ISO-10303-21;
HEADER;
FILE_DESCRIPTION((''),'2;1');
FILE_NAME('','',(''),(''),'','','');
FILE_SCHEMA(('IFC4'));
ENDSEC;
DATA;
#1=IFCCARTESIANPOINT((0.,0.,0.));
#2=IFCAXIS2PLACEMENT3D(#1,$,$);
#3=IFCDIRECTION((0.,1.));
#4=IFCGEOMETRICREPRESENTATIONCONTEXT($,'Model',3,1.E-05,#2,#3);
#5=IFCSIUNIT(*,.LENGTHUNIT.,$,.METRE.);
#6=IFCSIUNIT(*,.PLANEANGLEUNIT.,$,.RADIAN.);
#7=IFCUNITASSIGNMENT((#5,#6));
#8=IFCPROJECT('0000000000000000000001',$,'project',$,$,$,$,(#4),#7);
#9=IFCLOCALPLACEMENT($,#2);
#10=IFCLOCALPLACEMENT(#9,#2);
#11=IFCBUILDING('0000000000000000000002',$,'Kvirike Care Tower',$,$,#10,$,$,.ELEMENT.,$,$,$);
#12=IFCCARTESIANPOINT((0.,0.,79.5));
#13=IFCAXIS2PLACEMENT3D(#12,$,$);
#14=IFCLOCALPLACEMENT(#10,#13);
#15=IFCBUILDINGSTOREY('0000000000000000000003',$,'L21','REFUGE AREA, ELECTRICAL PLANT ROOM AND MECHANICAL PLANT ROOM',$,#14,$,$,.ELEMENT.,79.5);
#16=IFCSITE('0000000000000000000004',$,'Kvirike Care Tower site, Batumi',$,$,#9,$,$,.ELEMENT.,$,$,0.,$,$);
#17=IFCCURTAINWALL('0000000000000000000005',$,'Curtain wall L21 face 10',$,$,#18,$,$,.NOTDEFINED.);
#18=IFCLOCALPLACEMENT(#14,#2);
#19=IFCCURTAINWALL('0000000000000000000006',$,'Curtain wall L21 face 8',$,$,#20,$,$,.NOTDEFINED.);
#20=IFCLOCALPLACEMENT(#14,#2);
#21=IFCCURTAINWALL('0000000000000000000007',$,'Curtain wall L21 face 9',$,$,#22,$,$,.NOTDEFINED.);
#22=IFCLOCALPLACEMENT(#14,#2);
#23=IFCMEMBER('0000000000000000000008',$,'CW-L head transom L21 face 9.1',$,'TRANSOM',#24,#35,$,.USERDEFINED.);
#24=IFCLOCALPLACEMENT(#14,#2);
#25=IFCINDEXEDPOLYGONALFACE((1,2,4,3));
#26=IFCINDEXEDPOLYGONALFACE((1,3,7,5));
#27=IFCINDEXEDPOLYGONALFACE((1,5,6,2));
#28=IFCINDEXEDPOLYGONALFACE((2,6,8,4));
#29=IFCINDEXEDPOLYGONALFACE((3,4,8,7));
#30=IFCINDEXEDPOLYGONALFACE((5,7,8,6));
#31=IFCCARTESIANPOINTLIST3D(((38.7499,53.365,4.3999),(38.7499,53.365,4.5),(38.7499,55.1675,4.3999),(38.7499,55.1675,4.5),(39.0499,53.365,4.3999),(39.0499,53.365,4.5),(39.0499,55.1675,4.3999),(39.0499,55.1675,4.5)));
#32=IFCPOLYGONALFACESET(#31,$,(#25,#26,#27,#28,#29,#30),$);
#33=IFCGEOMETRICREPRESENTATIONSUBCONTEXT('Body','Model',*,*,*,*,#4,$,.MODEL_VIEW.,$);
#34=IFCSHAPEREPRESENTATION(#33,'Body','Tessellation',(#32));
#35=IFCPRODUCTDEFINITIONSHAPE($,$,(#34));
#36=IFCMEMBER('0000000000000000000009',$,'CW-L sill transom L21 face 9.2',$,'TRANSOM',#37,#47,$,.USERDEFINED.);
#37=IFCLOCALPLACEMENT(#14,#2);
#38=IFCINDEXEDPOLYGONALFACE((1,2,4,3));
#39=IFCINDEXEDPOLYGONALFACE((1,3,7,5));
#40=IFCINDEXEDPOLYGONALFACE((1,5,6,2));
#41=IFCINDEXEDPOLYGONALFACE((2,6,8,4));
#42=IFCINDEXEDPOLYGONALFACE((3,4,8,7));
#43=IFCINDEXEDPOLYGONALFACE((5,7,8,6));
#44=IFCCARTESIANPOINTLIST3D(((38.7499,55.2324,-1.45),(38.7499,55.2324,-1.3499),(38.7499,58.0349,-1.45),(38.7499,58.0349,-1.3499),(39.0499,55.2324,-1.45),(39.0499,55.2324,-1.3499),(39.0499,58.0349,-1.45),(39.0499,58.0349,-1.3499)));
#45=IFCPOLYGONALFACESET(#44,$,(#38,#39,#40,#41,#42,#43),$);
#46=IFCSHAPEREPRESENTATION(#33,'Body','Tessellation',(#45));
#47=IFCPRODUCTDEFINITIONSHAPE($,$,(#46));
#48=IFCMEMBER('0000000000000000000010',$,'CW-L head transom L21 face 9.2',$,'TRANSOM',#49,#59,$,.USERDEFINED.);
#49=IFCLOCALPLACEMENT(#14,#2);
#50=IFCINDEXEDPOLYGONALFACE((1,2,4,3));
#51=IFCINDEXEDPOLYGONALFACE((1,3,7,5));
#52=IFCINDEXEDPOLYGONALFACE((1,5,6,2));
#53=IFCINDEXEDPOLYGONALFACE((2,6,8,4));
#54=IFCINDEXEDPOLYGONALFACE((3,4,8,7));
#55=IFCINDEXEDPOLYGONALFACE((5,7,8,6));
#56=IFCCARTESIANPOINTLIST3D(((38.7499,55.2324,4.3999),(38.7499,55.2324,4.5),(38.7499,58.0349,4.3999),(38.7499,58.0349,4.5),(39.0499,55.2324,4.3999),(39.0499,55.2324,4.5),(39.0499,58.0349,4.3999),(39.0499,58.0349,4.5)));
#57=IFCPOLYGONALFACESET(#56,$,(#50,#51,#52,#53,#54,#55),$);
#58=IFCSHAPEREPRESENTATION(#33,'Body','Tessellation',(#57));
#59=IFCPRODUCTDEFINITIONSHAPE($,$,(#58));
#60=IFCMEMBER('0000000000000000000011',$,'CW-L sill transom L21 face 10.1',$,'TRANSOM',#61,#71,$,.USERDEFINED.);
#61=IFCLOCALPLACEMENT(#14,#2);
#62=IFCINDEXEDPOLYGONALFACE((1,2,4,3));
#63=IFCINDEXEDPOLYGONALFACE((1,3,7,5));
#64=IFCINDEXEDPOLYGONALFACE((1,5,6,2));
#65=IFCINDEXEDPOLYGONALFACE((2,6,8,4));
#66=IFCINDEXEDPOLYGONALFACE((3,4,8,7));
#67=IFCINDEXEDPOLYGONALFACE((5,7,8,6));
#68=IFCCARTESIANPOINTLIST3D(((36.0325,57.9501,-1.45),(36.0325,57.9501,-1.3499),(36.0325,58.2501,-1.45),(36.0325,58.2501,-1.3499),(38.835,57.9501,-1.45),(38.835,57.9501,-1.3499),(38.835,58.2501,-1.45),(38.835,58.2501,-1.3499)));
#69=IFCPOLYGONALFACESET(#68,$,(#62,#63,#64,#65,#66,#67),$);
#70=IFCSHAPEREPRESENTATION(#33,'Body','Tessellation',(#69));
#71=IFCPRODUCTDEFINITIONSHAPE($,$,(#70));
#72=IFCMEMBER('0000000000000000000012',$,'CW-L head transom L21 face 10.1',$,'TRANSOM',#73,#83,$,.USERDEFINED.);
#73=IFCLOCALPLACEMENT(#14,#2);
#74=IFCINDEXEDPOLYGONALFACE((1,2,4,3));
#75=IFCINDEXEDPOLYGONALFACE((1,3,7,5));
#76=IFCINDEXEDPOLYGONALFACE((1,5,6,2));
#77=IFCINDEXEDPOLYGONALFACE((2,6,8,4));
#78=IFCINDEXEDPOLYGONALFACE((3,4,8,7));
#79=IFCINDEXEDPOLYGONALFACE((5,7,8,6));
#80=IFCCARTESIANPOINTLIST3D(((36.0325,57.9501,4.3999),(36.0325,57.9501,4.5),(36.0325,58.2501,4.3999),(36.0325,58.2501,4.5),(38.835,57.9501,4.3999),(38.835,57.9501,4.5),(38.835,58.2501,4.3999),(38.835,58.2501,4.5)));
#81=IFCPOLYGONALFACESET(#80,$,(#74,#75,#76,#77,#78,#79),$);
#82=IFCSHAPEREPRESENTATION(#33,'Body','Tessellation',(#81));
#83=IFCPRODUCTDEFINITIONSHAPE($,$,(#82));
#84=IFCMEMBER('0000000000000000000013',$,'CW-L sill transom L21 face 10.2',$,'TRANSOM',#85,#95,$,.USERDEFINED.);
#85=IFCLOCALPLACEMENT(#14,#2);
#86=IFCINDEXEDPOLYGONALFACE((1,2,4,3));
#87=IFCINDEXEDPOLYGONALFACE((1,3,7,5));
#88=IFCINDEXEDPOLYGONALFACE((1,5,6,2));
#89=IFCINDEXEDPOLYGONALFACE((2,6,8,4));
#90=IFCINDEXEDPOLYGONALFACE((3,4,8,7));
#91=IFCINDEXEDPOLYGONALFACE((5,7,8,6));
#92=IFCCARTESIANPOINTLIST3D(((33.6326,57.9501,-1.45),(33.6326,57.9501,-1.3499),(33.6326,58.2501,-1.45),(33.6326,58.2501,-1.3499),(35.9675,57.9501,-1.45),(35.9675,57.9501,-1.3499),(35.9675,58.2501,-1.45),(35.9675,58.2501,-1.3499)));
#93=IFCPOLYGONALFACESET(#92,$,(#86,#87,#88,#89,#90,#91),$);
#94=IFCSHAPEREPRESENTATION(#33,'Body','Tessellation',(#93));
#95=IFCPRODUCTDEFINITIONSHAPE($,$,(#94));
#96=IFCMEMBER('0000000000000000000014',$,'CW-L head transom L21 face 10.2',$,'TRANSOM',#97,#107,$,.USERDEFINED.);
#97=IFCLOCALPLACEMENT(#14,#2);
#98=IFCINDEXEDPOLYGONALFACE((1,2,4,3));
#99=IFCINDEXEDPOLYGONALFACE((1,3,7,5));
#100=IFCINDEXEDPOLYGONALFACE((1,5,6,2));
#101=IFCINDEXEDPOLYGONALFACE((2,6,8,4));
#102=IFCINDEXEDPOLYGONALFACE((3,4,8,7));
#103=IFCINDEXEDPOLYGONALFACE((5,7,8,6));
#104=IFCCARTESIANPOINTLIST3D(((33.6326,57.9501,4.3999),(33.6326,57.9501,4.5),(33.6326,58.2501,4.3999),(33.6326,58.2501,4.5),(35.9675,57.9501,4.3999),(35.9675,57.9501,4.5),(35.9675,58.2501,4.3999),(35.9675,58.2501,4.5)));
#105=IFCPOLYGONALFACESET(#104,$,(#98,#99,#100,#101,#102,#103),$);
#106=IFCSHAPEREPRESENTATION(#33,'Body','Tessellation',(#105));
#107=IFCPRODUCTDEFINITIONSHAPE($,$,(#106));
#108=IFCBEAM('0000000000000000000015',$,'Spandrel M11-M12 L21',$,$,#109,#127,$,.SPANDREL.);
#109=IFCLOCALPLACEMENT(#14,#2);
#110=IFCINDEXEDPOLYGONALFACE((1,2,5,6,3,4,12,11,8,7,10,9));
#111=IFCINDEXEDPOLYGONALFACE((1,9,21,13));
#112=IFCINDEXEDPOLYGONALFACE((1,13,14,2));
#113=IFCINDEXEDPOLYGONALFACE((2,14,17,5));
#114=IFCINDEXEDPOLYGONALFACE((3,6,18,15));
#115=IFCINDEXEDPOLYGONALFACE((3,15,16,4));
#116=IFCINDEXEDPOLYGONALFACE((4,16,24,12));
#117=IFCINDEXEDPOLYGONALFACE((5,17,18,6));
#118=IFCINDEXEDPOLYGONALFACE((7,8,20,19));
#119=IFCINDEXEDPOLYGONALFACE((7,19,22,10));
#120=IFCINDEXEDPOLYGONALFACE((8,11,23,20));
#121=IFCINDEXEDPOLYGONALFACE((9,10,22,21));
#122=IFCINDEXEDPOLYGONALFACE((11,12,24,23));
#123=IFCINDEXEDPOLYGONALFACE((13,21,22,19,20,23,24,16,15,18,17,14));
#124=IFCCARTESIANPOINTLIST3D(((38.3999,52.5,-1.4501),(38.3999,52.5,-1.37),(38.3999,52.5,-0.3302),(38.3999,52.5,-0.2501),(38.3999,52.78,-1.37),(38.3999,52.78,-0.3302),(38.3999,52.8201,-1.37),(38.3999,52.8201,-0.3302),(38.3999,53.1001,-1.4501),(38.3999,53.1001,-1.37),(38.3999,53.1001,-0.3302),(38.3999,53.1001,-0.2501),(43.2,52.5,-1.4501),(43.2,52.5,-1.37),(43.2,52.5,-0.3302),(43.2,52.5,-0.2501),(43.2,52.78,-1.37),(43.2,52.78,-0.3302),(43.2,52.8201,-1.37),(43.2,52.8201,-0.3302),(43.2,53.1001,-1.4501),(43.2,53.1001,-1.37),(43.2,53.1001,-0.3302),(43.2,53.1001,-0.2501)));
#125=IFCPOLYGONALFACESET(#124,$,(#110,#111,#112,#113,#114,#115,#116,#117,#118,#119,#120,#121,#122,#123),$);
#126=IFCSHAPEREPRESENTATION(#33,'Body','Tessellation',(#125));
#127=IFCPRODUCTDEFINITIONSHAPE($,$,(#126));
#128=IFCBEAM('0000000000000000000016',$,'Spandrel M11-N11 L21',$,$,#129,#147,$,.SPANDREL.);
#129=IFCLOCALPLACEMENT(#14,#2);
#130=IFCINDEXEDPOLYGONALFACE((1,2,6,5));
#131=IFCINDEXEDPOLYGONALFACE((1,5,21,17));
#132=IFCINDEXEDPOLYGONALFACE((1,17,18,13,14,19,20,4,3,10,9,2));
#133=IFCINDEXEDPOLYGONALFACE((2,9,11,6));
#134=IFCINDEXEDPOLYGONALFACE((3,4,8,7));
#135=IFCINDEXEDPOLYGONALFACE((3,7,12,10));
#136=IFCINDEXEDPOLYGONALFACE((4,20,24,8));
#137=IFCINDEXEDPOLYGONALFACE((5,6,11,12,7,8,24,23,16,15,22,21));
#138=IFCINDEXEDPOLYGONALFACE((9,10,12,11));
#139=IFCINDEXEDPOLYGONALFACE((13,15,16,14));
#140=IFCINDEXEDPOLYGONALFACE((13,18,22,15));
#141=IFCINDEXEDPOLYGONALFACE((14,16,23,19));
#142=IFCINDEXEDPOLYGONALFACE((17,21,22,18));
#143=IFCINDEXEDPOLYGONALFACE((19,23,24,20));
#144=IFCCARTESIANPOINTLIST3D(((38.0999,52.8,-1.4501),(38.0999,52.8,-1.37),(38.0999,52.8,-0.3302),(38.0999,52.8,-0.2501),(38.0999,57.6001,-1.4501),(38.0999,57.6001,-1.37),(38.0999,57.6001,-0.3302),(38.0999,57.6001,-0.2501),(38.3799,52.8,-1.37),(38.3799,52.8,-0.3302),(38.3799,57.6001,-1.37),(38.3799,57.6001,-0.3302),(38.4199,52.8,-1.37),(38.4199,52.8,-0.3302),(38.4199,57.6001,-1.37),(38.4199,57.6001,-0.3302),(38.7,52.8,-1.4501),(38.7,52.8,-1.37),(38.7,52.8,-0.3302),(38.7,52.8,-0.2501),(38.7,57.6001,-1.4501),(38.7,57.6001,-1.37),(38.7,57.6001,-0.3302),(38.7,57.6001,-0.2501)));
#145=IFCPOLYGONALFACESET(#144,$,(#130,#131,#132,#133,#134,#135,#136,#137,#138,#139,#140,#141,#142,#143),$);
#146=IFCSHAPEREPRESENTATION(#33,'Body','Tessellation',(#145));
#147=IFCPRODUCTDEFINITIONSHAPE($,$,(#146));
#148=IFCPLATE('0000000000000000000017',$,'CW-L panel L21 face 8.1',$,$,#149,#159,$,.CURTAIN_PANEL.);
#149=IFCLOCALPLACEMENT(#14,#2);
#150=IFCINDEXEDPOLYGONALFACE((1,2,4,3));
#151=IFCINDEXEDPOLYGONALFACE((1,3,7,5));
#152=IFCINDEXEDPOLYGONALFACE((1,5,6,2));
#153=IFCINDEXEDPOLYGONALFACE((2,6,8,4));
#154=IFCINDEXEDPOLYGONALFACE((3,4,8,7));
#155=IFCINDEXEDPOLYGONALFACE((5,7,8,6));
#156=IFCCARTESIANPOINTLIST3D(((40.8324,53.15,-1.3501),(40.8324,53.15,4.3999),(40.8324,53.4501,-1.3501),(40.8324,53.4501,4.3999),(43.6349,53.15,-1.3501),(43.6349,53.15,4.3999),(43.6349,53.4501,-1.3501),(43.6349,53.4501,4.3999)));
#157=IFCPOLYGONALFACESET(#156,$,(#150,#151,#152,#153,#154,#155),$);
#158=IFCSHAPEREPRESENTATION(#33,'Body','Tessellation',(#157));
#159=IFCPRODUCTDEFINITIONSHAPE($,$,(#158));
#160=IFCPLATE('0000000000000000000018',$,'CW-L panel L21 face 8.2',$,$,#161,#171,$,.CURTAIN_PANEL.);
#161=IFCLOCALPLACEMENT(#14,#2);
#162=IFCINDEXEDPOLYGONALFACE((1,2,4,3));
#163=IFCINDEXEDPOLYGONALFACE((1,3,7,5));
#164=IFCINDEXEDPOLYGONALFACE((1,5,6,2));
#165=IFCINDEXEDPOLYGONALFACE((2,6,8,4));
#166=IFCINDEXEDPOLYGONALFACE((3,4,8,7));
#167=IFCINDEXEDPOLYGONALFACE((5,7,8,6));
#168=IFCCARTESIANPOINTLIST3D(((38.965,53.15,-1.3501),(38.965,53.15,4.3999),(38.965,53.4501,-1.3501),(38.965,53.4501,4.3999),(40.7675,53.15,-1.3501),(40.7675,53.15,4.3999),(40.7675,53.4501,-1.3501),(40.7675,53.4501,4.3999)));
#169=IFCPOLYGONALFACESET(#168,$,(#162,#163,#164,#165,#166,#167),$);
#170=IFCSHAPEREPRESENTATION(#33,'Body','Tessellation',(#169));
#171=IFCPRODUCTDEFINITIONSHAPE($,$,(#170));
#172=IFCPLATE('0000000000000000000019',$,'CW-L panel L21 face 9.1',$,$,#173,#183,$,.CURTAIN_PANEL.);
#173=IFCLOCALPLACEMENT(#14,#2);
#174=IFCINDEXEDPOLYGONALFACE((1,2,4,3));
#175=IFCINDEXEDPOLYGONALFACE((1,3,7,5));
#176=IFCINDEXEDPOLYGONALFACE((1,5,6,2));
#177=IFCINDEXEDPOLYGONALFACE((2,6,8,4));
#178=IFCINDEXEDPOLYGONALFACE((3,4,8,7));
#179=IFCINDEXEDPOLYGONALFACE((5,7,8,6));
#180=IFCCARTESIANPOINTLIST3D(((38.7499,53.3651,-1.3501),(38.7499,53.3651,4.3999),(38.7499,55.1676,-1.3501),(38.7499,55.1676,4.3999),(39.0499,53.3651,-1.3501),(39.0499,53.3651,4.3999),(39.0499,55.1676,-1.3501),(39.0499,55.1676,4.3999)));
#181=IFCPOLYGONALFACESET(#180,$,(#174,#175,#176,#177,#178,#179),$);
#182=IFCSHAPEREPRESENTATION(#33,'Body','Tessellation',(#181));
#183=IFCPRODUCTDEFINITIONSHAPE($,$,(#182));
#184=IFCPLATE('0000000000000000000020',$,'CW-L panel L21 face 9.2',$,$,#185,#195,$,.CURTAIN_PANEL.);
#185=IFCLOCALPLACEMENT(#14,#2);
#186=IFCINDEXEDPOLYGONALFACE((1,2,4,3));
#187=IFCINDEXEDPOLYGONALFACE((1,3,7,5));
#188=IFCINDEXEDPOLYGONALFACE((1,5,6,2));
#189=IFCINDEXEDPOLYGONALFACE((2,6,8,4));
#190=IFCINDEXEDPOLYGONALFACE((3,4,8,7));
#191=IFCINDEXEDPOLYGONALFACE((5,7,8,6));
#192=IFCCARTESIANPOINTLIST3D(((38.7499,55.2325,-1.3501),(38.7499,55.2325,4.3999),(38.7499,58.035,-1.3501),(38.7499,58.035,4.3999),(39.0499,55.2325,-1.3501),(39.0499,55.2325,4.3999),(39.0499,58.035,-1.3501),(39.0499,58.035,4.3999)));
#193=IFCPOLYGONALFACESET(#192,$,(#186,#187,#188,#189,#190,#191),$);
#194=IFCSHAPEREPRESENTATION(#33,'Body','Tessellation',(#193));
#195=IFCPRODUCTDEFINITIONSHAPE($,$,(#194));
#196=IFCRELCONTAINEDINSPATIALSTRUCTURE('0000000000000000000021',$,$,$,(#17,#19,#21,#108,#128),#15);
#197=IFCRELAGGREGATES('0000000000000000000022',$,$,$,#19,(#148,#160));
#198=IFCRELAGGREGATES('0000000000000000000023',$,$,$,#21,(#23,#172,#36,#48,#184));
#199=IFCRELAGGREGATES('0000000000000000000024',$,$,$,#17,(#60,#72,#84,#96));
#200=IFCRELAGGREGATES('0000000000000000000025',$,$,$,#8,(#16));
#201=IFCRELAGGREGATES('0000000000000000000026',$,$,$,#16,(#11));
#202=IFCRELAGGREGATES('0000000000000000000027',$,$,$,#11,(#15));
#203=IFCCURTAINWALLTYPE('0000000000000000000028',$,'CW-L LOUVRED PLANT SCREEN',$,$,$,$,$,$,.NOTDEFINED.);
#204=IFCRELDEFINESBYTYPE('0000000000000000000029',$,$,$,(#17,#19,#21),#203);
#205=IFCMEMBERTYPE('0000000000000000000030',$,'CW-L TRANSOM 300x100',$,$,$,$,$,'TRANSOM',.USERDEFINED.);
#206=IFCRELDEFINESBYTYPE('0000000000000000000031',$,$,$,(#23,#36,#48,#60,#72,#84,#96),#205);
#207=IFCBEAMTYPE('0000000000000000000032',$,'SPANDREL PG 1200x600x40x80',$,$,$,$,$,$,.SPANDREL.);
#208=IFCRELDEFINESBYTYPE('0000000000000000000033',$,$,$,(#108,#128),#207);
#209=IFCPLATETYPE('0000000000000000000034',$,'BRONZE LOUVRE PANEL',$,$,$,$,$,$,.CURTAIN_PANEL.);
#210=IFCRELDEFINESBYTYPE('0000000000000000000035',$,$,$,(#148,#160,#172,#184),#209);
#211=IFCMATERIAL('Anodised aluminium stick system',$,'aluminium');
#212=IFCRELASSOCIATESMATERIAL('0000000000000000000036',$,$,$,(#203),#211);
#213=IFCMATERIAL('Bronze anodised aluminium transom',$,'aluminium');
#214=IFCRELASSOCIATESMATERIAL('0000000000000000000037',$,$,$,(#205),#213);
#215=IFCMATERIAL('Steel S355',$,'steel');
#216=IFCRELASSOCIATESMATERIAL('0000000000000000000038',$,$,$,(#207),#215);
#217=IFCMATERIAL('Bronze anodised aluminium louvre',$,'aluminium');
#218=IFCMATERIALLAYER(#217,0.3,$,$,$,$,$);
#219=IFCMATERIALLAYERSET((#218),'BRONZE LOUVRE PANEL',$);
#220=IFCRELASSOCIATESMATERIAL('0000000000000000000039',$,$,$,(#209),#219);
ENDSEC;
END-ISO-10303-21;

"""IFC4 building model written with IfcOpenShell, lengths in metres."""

from ifc_helpers import new_model, si_unit, direction, frame, origin, origin_2d, place, context, subcontext, project, spatial, rectangle, i_section, extrude, material, layer, layer_set, material_profile, profile_set, type_object, element, aggregate, save


model = new_model("IFC4")

# Units and contexts
model_context = context("Model", 3, precision=1e-05, world=origin(), true_north=direction((0.0, 1.0)))
body_context = subcontext(model_context, "Body", "Model", "MODEL_VIEW")
ifc_project = project(units=[si_unit("LENGTHUNIT", "METRE"), si_unit("PLANEANGLEUNIT", "RADIAN")], contexts=[model_context])

# Site, building, storey
site_placement = place(None, origin())
site = spatial("IfcSite", under=ifc_project, at=site_placement, Name="Kvirike Care Tower site, Batumi", CompositionType="ELEMENT", RefElevation=0.0)
building_placement = place(site_placement, origin())
building = spatial("IfcBuilding", under=site, at=building_placement, Name="Kvirike Care Tower", CompositionType="ELEMENT")
storey_placement = place(building_placement, frame((0.0, 0.0, 79.5)))
storey = spatial("IfcBuildingStorey", under=building, at=storey_placement, Name="L21", Description="REFUGE AREA, ELECTRICAL PLANT ROOM AND MECHANICAL PLANT ROOM", CompositionType="ELEMENT", Elevation=79.5)

# Curtain wall
ifc_material_1 = material(Name="Anodised aluminium stick system", Category="aluminium")
curtain_wall_type = type_object("IfcCurtainWallType", Name="CW-L LOUVRED PLANT SCREEN", PredefinedType="NOTDEFINED", material=ifc_material_1)
curtain_wall_1_placement = place(storey_placement, origin())
curtain_wall_1 = element("IfcCurtainWall", 1, at=curtain_wall_1_placement, inside=storey, type_object=curtain_wall_type, Name="Curtain wall L21 face 10", PredefinedType="NOTDEFINED")

# Curtain walls
curtain_wall_2_placement = place(storey_placement, origin())
curtain_wall_2 = element("IfcCurtainWall", 2, at=curtain_wall_2_placement, inside=storey, type_object=curtain_wall_type, Name="Curtain wall L21 face 8", PredefinedType="NOTDEFINED")
curtain_wall_3_placement = place(storey_placement, origin())
curtain_wall_3 = element("IfcCurtainWall", 3, at=curtain_wall_3_placement, inside=storey, type_object=curtain_wall_type, Name="Curtain wall L21 face 9", PredefinedType="NOTDEFINED")

# Members
ifc_material_2 = material(Name="Bronze anodised aluminium transom", Category="aluminium")
ifc_material_profile_1 = material_profile(ifc_material_2, rectangle(XDim=0.3, YDim=0.1001, at=origin_2d()), Name="CW-L TRANSOM 300x100")
ifc_profile_set_1 = profile_set([ifc_material_profile_1], Name="Bronze anodised aluminium transom")
member_type_1 = type_object("IfcMemberType", Name="CW-L TRANSOM 300x100", ElementType="TRANSOM", PredefinedType="USERDEFINED", material=ifc_profile_set_1)
member_1_placement = place(storey_placement, frame((38.8999, 53.365, 4.45), z_axis=(0.0, 1.0, 0.0), x_axis=(-1.0, 0.0, 0.0)))
member_1 = element("IfcMember", 4, at=member_1_placement, type_object=member_type_1, Name="CW-L head transom L21 face 9.1", ObjectType="TRANSOM", PredefinedType="USERDEFINED", context=body_context, shape_type="SweptSolid", body=[
    extrude(rectangle(XDim=0.3, YDim=0.1001, at=origin_2d()), origin(), (0.0, 0.0, 1.0), 1.8025),
])
member_2_placement = place(storey_placement, frame((38.8999, 55.2324, -1.3999), z_axis=(0.0, 1.0, 0.0), x_axis=(-1.0, 0.0, 0.0)))
member_2 = element("IfcMember", 5, at=member_2_placement, type_object=member_type_1, Name="CW-L sill transom L21 face 9.2", ObjectType="TRANSOM", PredefinedType="USERDEFINED", context=body_context, shape_type="SweptSolid", body=[
    extrude(rectangle(XDim=0.3, YDim=0.1001, at=origin_2d()), origin(), (0.0, 0.0, 1.0), 2.8025),
])
member_3_placement = place(storey_placement, frame((38.8999, 55.2324, 4.45), z_axis=(0.0, 1.0, 0.0), x_axis=(-1.0, 0.0, 0.0)))
member_3 = element("IfcMember", 6, at=member_3_placement, type_object=member_type_1, Name="CW-L head transom L21 face 9.2", ObjectType="TRANSOM", PredefinedType="USERDEFINED", context=body_context, shape_type="SweptSolid", body=[
    extrude(rectangle(XDim=0.3, YDim=0.1001, at=origin_2d()), origin(), (0.0, 0.0, 1.0), 2.8025),
])
member_4_placement = place(storey_placement, frame((38.835, 58.1001, -1.3999), z_axis=(-1.0, 0.0, 0.0), x_axis=(0.0, -1.0, 0.0)))
member_4 = element("IfcMember", 7, at=member_4_placement, type_object=member_type_1, Name="CW-L sill transom L21 face 10.1", ObjectType="TRANSOM", PredefinedType="USERDEFINED", context=body_context, shape_type="SweptSolid", body=[
    extrude(rectangle(XDim=0.3, YDim=0.1001, at=origin_2d()), origin(), (0.0, 0.0, 1.0), 2.8025),
])
member_5_placement = place(storey_placement, frame((38.835, 58.1001, 4.45), z_axis=(-1.0, 0.0, 0.0), x_axis=(0.0, -1.0, 0.0)))
member_5 = element("IfcMember", 8, at=member_5_placement, type_object=member_type_1, Name="CW-L head transom L21 face 10.1", ObjectType="TRANSOM", PredefinedType="USERDEFINED", context=body_context, shape_type="SweptSolid", body=[
    extrude(rectangle(XDim=0.3, YDim=0.1001, at=origin_2d()), origin(), (0.0, 0.0, 1.0), 2.8025),
])
member_6_placement = place(storey_placement, frame((35.9675, 58.1001, -1.3999), z_axis=(-1.0, 0.0, 0.0), x_axis=(0.0, -1.0, 0.0)))
member_6 = element("IfcMember", 9, at=member_6_placement, type_object=member_type_1, Name="CW-L sill transom L21 face 10.2", ObjectType="TRANSOM", PredefinedType="USERDEFINED", context=body_context, shape_type="SweptSolid", body=[
    extrude(rectangle(XDim=0.3, YDim=0.1001, at=origin_2d()), origin(), (0.0, 0.0, 1.0), 2.335),
])
member_7_placement = place(storey_placement, frame((35.9675, 58.1001, 4.45), z_axis=(-1.0, 0.0, 0.0), x_axis=(0.0, -1.0, 0.0)))
member_7 = element("IfcMember", 10, at=member_7_placement, type_object=member_type_1, Name="CW-L head transom L21 face 10.2", ObjectType="TRANSOM", PredefinedType="USERDEFINED", context=body_context, shape_type="SweptSolid", body=[
    extrude(rectangle(XDim=0.3, YDim=0.1001, at=origin_2d()), origin(), (0.0, 0.0, 1.0), 2.335),
])

# Beams
ifc_material_3 = material(Name="Steel S355", Category="steel")
ifc_material_profile_2 = material_profile(ifc_material_3, i_section(OverallWidth=0.6001, OverallDepth=1.2, WebThickness=0.04, FlangeThickness=0.0801, at=origin_2d()), Name="PG 1200x600x40x80")
ifc_profile_set_2 = profile_set([ifc_material_profile_2], Name="Steel S355")
beam_type = type_object("IfcBeamType", Name="SPANDREL PG 1200x600x40x80", PredefinedType="SPANDREL", material=ifc_profile_set_2)
for number, where, z_axis, x_axis, name in (
    (11, (38.3999, 52.8, -0.8501), (1.0, 0.0, 0.0), (0.0, 1.0, 0.0), "Spandrel M11-M12 L21"),
    (12, (38.3999, 52.8, -0.8501), (0.0, 1.0, 0.0), (-1.0, 0.0, 0.0), "Spandrel M11-N11 L21"),
):
    element("IfcBeam", number, at=place(storey_placement, frame(where, z_axis=z_axis, x_axis=x_axis)), inside=storey, type_object=beam_type, Name=name, PredefinedType="SPANDREL", context=body_context, shape_type="SweptSolid", body=[
        extrude(i_section(OverallWidth=0.6001, OverallDepth=1.2, WebThickness=0.04, FlangeThickness=0.0801, at=origin_2d()), origin(), (0.0, 0.0, 1.0), 4.8),
    ])

# Plates
ifc_material_4 = material(Name="Bronze anodised aluminium louvre", Category="aluminium")
ifc_layer = layer(ifc_material_4, 0.3)
ifc_layer_set = layer_set([ifc_layer], Name="BRONZE LOUVRE PANEL")
plate_type = type_object("IfcPlateType", Name="BRONZE LOUVRE PANEL", PredefinedType="CURTAIN_PANEL", material=ifc_layer_set)
plate_1_placement = place(storey_placement, frame((42.2336, 53.3, -1.3501), z_axis=(0.0, 0.0, 1.0), x_axis=(-1.0, 0.0, 0.0)))
plate_1 = element("IfcPlate", 13, at=plate_1_placement, type_object=plate_type, Name="CW-L panel L21 face 8.1", PredefinedType="CURTAIN_PANEL", context=body_context, shape_type="SweptSolid", body=[
    extrude(rectangle(XDim=2.8025, YDim=0.3, at=origin_2d()), origin(), (0.0, 0.0, 1.0), 5.75),
])
plate_2_placement = place(storey_placement, frame((39.8662, 53.3, -1.3501), z_axis=(0.0, 0.0, 1.0), x_axis=(-1.0, 0.0, 0.0)))
plate_2 = element("IfcPlate", 14, at=plate_2_placement, type_object=plate_type, Name="CW-L panel L21 face 8.2", PredefinedType="CURTAIN_PANEL", context=body_context, shape_type="SweptSolid", body=[
    extrude(rectangle(XDim=1.8025, YDim=0.3, at=origin_2d()), origin(), (0.0, 0.0, 1.0), 5.75),
])
aggregate(curtain_wall_2, [plate_1, plate_2])
plate_3_placement = place(storey_placement, frame((38.8999, 54.2664, -1.3501), z_axis=(0.0, 0.0, 1.0), x_axis=(0.0, 1.0, 0.0)))
plate_3 = element("IfcPlate", 15, at=plate_3_placement, type_object=plate_type, Name="CW-L panel L21 face 9.1", PredefinedType="CURTAIN_PANEL", context=body_context, shape_type="SweptSolid", body=[
    extrude(rectangle(XDim=1.8025, YDim=0.3, at=origin_2d()), origin(), (0.0, 0.0, 1.0), 5.75),
])
plate_4_placement = place(storey_placement, frame((38.8999, 56.6338, -1.3501), z_axis=(0.0, 0.0, 1.0), x_axis=(0.0, 1.0, 0.0)))
plate_4 = element("IfcPlate", 16, at=plate_4_placement, type_object=plate_type, Name="CW-L panel L21 face 9.2", PredefinedType="CURTAIN_PANEL", context=body_context, shape_type="SweptSolid", body=[
    extrude(rectangle(XDim=2.8025, YDim=0.3, at=origin_2d()), origin(), (0.0, 0.0, 1.0), 5.75),
])
aggregate(curtain_wall_3, [member_1, plate_3, member_2, member_3, plate_4])
aggregate(curtain_wall_1, [member_4, member_5, member_6, member_7])

save(model, "model.ifc")
